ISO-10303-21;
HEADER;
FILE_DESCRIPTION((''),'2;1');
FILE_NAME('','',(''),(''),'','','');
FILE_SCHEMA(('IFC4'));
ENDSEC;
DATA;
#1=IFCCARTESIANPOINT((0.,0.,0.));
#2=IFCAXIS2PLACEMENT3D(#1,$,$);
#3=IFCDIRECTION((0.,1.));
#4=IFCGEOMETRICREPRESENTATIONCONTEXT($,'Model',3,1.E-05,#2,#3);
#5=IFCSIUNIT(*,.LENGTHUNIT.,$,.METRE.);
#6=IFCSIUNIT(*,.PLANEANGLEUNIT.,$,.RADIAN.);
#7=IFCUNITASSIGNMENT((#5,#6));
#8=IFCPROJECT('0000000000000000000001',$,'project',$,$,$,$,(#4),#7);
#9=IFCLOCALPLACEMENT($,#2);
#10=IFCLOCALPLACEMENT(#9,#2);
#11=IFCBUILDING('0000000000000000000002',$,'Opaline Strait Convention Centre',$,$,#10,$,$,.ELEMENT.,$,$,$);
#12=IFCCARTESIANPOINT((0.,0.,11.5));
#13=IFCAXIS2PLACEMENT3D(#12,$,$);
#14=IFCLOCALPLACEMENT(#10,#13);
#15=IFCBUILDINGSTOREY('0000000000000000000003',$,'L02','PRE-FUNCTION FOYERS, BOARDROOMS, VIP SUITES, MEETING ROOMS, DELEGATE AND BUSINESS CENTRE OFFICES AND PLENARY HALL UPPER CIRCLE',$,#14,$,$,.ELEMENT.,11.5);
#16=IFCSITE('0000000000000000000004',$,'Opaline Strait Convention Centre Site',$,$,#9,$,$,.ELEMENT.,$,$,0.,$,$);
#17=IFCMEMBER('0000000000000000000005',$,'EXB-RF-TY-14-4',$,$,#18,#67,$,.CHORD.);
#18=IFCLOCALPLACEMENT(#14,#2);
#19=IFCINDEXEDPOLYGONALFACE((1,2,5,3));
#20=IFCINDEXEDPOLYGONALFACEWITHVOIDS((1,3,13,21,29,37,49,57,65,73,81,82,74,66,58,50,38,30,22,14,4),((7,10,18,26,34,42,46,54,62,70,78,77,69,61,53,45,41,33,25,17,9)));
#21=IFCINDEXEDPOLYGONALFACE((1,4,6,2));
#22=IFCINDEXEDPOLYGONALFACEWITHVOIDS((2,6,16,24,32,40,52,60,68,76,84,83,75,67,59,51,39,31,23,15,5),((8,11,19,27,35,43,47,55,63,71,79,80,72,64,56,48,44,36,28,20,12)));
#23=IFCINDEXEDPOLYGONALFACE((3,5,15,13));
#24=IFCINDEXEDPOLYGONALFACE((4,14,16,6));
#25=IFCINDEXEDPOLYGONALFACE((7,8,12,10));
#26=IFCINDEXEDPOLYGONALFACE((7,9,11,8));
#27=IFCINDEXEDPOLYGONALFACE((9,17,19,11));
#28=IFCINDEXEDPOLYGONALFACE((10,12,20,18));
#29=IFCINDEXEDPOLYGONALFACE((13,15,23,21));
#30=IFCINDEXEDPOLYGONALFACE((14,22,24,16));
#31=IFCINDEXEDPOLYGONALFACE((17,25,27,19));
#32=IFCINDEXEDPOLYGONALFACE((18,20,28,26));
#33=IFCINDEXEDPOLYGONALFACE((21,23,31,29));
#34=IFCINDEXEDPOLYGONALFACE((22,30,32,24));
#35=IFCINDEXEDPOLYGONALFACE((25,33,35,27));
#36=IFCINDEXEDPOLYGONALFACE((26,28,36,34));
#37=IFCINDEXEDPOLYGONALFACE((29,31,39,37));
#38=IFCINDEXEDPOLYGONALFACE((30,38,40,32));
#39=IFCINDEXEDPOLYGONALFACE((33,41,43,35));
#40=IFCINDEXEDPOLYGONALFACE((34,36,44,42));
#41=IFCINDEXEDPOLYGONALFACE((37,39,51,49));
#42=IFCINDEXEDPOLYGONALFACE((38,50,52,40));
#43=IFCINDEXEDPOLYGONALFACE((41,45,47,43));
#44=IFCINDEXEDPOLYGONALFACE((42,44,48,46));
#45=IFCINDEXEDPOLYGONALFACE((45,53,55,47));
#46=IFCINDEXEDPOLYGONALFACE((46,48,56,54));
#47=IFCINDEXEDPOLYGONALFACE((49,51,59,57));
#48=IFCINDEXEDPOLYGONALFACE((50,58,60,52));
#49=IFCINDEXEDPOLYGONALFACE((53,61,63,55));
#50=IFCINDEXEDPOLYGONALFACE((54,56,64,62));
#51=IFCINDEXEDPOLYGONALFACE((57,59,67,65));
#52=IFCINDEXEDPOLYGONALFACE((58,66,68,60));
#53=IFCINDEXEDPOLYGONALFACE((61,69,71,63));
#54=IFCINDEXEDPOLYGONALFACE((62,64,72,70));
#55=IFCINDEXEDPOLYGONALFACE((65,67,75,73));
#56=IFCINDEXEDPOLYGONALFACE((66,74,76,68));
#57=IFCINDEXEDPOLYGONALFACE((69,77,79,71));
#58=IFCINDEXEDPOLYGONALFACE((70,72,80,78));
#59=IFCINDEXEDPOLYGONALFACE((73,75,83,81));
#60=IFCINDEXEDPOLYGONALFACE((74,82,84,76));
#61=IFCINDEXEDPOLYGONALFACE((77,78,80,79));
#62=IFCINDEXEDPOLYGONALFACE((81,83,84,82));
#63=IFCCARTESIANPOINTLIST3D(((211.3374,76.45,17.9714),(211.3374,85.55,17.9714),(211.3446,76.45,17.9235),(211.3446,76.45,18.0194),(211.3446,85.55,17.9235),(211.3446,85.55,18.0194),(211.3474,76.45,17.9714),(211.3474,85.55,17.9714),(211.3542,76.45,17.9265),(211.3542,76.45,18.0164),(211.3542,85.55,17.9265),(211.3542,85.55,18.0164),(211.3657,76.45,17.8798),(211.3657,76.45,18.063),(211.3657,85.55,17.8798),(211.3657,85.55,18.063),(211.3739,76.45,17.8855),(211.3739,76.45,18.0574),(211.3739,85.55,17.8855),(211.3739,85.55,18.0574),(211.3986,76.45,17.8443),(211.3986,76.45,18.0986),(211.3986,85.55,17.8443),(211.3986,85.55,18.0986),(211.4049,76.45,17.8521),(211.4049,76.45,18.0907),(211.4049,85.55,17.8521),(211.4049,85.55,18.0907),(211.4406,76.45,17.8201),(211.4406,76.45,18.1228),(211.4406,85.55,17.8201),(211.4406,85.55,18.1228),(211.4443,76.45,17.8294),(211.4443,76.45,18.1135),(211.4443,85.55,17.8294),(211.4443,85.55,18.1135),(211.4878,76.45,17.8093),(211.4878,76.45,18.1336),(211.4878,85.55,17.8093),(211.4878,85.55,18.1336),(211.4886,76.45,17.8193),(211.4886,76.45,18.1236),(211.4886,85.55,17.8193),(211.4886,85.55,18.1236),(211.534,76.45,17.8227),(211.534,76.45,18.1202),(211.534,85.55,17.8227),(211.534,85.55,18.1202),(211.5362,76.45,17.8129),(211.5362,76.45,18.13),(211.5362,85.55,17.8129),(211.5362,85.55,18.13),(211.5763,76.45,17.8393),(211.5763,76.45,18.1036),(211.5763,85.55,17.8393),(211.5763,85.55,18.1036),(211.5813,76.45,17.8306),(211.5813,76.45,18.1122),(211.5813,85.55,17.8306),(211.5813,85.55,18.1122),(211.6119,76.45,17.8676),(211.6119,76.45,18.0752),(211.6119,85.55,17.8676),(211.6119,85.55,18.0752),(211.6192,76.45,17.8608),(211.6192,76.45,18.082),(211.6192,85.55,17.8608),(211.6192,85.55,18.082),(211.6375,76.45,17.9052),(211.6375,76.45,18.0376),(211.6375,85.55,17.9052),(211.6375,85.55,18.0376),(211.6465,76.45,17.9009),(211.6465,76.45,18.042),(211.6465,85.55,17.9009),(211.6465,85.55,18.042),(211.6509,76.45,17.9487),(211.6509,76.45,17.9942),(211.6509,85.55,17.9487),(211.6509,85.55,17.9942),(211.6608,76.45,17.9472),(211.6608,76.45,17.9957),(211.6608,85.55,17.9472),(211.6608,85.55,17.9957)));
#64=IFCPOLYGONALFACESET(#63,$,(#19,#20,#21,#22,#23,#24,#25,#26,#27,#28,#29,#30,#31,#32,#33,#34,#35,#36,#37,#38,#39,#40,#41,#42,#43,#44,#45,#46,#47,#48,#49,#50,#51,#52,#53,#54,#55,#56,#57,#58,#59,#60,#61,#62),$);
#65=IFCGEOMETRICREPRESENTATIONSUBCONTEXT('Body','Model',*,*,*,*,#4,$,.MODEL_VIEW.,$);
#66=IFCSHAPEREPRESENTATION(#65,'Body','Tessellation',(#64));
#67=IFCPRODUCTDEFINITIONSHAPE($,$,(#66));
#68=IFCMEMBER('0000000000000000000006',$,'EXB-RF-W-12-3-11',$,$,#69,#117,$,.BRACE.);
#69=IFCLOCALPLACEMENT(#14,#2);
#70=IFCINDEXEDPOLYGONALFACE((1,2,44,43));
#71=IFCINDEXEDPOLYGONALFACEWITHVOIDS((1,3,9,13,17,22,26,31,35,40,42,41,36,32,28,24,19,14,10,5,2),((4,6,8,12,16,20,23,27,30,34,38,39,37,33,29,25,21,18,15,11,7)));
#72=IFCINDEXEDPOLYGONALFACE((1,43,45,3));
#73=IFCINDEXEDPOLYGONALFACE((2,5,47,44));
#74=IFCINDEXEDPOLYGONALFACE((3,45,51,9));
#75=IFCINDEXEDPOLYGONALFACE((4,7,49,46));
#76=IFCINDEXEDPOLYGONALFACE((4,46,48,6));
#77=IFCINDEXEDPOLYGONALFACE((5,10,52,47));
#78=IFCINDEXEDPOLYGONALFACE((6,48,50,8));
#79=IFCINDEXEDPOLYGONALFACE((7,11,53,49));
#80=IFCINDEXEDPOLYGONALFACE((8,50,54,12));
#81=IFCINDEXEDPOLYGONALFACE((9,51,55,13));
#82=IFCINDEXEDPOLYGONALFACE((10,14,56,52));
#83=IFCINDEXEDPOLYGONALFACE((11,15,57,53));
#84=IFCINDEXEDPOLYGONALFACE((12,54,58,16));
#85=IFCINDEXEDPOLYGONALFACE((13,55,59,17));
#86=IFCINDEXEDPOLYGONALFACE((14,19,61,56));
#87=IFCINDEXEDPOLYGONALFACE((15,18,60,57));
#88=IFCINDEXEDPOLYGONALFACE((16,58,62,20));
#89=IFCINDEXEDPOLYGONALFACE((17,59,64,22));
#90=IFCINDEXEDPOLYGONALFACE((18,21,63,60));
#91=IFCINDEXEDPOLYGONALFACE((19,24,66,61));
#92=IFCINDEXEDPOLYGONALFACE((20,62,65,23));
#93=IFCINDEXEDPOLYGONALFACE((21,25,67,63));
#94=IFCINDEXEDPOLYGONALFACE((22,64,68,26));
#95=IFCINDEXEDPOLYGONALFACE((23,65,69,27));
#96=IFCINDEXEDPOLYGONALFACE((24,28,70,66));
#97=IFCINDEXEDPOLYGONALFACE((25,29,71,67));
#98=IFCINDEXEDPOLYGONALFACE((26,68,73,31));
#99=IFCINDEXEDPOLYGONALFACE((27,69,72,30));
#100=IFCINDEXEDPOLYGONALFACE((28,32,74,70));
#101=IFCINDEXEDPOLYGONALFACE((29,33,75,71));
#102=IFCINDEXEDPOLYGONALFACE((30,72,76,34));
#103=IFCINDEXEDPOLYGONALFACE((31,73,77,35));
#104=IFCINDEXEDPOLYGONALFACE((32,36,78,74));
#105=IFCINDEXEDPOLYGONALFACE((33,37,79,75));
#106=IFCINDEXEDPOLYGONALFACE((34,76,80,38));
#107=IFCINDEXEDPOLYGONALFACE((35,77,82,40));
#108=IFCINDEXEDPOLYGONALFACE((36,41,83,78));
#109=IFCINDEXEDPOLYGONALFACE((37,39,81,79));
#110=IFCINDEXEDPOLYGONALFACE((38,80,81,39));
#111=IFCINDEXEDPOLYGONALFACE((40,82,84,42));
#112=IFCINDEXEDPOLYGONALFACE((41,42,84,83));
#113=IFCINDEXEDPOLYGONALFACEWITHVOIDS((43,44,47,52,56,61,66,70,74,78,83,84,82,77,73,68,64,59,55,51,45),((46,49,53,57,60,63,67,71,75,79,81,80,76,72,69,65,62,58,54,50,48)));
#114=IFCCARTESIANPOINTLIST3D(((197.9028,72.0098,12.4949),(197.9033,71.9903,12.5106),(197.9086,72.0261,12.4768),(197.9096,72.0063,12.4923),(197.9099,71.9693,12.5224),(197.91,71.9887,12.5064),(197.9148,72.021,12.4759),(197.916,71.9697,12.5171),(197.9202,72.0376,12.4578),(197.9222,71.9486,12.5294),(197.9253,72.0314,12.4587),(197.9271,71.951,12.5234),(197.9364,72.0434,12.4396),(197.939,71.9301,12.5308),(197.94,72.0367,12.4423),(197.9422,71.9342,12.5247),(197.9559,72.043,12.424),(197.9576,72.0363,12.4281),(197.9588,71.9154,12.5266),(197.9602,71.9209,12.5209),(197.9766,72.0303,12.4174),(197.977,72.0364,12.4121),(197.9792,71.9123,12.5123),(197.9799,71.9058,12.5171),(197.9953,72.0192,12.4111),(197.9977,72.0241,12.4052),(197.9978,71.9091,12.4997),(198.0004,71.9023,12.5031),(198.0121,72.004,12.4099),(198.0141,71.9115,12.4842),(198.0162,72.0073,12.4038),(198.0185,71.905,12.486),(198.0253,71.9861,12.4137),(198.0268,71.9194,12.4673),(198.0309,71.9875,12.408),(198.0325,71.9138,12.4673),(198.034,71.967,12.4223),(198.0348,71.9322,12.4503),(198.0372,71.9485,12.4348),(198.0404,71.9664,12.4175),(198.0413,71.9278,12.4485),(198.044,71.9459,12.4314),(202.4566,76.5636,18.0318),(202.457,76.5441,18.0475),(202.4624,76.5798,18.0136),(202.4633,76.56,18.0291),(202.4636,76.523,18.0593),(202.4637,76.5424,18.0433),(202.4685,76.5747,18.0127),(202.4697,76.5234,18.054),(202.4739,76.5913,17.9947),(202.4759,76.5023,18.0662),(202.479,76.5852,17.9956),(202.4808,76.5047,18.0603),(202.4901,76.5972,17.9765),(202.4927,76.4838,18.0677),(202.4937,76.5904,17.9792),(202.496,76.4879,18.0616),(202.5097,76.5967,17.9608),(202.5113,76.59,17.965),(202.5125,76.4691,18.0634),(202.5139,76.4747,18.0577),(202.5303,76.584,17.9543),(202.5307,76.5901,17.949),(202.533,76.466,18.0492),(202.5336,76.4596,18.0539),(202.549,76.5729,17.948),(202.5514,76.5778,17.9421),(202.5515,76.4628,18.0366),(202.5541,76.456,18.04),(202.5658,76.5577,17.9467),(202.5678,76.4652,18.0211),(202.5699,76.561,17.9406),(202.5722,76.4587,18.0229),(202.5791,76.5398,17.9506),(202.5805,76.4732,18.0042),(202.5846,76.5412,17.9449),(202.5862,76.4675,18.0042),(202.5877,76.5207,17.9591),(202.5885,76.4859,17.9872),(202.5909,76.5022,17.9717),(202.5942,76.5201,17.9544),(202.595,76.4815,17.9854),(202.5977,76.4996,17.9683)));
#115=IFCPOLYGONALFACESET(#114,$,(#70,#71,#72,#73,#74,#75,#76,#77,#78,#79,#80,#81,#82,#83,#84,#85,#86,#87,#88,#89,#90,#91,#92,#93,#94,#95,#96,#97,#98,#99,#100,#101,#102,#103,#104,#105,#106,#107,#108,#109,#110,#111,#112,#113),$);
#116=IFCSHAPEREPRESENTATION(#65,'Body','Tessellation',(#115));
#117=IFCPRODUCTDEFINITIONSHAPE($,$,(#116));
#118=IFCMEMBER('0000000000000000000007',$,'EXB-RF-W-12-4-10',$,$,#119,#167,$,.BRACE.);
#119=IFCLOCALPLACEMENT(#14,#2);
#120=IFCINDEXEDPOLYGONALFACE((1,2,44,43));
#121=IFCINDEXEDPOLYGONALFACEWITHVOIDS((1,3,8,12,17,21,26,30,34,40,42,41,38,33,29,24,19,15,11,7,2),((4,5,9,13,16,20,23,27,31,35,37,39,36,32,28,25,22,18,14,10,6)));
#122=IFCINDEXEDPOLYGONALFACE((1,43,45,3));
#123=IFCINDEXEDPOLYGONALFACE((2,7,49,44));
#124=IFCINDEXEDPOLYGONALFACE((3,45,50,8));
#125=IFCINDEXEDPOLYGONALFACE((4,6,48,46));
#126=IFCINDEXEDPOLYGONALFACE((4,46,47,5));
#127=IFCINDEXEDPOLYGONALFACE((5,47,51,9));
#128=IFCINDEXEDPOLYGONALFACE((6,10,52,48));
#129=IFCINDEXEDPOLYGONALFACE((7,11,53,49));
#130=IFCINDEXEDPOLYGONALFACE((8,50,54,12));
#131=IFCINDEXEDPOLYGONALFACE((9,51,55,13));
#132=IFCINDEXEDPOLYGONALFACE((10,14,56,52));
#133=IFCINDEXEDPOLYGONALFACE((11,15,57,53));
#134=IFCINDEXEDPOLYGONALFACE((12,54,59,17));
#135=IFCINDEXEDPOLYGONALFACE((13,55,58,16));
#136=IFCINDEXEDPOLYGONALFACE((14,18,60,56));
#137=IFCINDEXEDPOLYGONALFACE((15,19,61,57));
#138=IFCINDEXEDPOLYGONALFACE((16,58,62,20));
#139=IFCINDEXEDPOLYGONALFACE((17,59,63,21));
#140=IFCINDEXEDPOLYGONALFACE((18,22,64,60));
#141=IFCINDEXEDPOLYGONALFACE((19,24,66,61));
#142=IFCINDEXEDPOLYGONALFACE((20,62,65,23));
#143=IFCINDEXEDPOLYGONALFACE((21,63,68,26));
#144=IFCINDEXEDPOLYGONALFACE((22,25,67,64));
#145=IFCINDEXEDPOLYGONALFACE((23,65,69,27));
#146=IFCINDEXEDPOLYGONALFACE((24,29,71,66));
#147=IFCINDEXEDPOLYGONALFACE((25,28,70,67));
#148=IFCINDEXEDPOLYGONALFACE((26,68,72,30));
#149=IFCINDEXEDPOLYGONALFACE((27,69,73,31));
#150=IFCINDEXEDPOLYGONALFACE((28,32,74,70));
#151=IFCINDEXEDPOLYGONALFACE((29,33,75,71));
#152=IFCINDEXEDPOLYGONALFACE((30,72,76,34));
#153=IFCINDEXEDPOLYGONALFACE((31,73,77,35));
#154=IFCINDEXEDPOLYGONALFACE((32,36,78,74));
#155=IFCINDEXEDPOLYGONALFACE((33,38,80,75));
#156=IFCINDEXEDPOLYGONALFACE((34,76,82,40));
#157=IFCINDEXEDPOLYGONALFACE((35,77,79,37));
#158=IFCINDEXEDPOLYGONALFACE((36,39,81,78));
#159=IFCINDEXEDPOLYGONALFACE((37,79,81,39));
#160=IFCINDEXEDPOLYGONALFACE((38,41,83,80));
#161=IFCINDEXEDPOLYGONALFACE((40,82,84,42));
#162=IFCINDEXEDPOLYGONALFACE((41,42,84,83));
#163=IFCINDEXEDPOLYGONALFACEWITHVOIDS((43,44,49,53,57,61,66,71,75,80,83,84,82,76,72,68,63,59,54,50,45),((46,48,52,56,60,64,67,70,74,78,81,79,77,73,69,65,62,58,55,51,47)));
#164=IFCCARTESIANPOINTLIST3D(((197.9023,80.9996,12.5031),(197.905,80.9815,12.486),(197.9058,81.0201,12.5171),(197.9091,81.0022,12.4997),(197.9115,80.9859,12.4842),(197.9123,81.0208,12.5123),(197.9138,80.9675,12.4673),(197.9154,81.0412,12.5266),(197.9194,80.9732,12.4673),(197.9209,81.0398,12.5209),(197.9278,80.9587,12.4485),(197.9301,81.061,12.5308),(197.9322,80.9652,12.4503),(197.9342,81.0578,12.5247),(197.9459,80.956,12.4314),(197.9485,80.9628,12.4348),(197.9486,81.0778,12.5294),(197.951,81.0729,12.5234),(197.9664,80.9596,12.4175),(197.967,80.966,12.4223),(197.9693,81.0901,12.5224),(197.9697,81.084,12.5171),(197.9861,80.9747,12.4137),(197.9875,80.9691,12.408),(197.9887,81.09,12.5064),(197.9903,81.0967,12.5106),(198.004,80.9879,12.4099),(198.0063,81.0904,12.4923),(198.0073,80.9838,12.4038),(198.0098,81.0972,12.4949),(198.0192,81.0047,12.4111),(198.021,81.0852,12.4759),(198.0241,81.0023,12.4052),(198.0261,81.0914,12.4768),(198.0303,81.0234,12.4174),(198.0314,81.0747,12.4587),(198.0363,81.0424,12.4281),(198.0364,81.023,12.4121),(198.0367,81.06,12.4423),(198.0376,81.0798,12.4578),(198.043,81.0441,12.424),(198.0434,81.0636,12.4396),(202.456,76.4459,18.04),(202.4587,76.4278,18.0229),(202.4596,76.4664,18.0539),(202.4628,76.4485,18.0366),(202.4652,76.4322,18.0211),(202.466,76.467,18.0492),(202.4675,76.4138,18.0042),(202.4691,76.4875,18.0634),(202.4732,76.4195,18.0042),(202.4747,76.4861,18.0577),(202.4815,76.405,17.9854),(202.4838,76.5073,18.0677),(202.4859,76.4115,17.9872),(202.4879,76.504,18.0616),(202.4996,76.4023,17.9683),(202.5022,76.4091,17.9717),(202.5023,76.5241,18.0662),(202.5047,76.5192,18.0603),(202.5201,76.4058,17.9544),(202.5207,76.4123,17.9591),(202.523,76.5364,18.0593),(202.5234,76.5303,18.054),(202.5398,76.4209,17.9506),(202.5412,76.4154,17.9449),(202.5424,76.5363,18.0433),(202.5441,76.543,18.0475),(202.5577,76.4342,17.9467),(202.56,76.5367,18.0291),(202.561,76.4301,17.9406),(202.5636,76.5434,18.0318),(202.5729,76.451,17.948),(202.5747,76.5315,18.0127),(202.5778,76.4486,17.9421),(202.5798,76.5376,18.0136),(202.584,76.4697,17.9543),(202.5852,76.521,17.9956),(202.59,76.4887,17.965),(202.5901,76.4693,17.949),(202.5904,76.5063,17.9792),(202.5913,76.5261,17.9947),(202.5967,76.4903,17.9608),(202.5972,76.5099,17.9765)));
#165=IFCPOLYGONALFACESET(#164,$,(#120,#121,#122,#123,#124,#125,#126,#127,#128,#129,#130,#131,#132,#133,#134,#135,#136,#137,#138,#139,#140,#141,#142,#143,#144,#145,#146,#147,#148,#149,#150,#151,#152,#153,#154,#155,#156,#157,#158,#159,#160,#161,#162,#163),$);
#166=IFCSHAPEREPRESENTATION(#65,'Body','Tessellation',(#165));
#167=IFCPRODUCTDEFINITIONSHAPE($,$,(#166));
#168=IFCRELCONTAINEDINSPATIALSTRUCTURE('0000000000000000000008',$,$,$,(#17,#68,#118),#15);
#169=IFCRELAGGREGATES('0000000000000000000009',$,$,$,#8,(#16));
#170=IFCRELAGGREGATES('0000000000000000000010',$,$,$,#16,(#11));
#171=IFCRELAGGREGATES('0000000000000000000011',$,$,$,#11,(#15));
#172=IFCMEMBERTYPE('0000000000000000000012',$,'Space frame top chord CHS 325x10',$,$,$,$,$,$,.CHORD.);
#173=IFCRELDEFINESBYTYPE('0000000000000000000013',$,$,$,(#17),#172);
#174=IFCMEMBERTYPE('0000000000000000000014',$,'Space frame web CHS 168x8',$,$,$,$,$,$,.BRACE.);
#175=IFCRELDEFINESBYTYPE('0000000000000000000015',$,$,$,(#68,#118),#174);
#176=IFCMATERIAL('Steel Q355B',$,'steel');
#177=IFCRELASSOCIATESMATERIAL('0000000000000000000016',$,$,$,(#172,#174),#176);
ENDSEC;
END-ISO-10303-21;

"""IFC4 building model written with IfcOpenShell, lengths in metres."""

from ifc_helpers import new_model, si_unit, direction, frame, origin, origin_2d, place, context, subcontext, project, spatial, hollow_circle, extrude, material, material_profile, profile_set, type_object, element, save


model = new_model("IFC4")

# Units and contexts
model_context = context("Model", 3, precision=1e-05, world=origin(), true_north=direction((0.0, 1.0)))
body_context = subcontext(model_context, "Body", "Model", "MODEL_VIEW")
ifc_project = project(units=[si_unit("LENGTHUNIT", "METRE"), si_unit("PLANEANGLEUNIT", "RADIAN")], contexts=[model_context])

# Site, building, storey
site_placement = place(None, origin())
site = spatial("IfcSite", under=ifc_project, at=site_placement, Name="Opaline Strait Convention Centre Site", CompositionType="ELEMENT", RefElevation=0.0)
building_placement = place(site_placement, origin())
building = spatial("IfcBuilding", under=site, at=building_placement, Name="Opaline Strait Convention Centre", CompositionType="ELEMENT")
storey_placement = place(building_placement, frame((0.0, 0.0, 11.5)))
storey = spatial("IfcBuildingStorey", under=building, at=storey_placement, Name="L02", Description="PRE-FUNCTION FOYERS, BOARDROOMS, VIP SUITES, MEETING ROOMS, DELEGATE AND BUSINESS CENTRE OFFICES AND PLENARY HALL UPPER CIRCLE", CompositionType="ELEMENT", Elevation=11.5)

# Members
ifc_material_1 = material(Name="Steel Q355B", Category="steel")
ifc_material_profile_1 = material_profile(ifc_material_1, hollow_circle(Radius=0.1626, WallThickness=0.01, at=origin_2d()), Name="CHS 325x10")
ifc_profile_set_1 = profile_set([ifc_material_profile_1], Name="Steel Q355B")
member_type_1 = type_object("IfcMemberType", Name="Space frame top chord CHS 325x10", PredefinedType="CHORD", material=ifc_profile_set_1)
for number, where, z_axis, x_axis, name in (
    (1, (211.5, 76.45, 17.9714), (0.0, 1.0, 0.0), (-1.0, 0.0, 0.0), "EXB-RF-TY-14-4"),
):
    element("IfcMember", number, at=place(storey_placement, frame(where, z_axis=z_axis, x_axis=x_axis)), inside=storey, type_object=member_type_1, Name=name, PredefinedType="CHORD", context=body_context, shape_type="SweptSolid", body=[
        extrude(hollow_circle(Radius=0.1626, WallThickness=0.01, at=origin_2d()), origin(), (0.0, 0.0, 1.0), 9.1001),
    ])
ifc_material_profile_2 = material_profile(ifc_material_1, hollow_circle(Radius=0.084, WallThickness=0.0081, at=origin_2d()), Name="CHS 168x8")
ifc_profile_set_2 = profile_set([ifc_material_profile_2], Name="Steel Q355B")
member_type_2 = type_object("IfcMemberType", Name="Space frame web CHS 168x8", PredefinedType="BRACE", material=ifc_profile_set_2)
for number, where, z_axis, x_axis, name in (
    (2, (202.5269, 76.5269, 18.0042), (-0.536178, -0.536178, -0.65194), (0.707107, -0.707107, 0.0), "EXB-RF-W-12-3-11"),
    (3, (202.5269, 76.4731, 18.0042), (-0.536178, 0.536178, -0.65194), (-0.707107, -0.707107, 0.0), "EXB-RF-W-12-4-10"),
):
    element("IfcMember", number, at=place(storey_placement, frame(where, z_axis=z_axis, x_axis=x_axis)), inside=storey, type_object=member_type_2, Name=name, PredefinedType="BRACE", context=body_context, shape_type="SweptSolid", body=[
        extrude(hollow_circle(Radius=0.084, WallThickness=0.0081, at=origin_2d()), origin(), (0.0, 0.0, 1.0), 8.4929),
    ])

save(model, "model.ifc")
